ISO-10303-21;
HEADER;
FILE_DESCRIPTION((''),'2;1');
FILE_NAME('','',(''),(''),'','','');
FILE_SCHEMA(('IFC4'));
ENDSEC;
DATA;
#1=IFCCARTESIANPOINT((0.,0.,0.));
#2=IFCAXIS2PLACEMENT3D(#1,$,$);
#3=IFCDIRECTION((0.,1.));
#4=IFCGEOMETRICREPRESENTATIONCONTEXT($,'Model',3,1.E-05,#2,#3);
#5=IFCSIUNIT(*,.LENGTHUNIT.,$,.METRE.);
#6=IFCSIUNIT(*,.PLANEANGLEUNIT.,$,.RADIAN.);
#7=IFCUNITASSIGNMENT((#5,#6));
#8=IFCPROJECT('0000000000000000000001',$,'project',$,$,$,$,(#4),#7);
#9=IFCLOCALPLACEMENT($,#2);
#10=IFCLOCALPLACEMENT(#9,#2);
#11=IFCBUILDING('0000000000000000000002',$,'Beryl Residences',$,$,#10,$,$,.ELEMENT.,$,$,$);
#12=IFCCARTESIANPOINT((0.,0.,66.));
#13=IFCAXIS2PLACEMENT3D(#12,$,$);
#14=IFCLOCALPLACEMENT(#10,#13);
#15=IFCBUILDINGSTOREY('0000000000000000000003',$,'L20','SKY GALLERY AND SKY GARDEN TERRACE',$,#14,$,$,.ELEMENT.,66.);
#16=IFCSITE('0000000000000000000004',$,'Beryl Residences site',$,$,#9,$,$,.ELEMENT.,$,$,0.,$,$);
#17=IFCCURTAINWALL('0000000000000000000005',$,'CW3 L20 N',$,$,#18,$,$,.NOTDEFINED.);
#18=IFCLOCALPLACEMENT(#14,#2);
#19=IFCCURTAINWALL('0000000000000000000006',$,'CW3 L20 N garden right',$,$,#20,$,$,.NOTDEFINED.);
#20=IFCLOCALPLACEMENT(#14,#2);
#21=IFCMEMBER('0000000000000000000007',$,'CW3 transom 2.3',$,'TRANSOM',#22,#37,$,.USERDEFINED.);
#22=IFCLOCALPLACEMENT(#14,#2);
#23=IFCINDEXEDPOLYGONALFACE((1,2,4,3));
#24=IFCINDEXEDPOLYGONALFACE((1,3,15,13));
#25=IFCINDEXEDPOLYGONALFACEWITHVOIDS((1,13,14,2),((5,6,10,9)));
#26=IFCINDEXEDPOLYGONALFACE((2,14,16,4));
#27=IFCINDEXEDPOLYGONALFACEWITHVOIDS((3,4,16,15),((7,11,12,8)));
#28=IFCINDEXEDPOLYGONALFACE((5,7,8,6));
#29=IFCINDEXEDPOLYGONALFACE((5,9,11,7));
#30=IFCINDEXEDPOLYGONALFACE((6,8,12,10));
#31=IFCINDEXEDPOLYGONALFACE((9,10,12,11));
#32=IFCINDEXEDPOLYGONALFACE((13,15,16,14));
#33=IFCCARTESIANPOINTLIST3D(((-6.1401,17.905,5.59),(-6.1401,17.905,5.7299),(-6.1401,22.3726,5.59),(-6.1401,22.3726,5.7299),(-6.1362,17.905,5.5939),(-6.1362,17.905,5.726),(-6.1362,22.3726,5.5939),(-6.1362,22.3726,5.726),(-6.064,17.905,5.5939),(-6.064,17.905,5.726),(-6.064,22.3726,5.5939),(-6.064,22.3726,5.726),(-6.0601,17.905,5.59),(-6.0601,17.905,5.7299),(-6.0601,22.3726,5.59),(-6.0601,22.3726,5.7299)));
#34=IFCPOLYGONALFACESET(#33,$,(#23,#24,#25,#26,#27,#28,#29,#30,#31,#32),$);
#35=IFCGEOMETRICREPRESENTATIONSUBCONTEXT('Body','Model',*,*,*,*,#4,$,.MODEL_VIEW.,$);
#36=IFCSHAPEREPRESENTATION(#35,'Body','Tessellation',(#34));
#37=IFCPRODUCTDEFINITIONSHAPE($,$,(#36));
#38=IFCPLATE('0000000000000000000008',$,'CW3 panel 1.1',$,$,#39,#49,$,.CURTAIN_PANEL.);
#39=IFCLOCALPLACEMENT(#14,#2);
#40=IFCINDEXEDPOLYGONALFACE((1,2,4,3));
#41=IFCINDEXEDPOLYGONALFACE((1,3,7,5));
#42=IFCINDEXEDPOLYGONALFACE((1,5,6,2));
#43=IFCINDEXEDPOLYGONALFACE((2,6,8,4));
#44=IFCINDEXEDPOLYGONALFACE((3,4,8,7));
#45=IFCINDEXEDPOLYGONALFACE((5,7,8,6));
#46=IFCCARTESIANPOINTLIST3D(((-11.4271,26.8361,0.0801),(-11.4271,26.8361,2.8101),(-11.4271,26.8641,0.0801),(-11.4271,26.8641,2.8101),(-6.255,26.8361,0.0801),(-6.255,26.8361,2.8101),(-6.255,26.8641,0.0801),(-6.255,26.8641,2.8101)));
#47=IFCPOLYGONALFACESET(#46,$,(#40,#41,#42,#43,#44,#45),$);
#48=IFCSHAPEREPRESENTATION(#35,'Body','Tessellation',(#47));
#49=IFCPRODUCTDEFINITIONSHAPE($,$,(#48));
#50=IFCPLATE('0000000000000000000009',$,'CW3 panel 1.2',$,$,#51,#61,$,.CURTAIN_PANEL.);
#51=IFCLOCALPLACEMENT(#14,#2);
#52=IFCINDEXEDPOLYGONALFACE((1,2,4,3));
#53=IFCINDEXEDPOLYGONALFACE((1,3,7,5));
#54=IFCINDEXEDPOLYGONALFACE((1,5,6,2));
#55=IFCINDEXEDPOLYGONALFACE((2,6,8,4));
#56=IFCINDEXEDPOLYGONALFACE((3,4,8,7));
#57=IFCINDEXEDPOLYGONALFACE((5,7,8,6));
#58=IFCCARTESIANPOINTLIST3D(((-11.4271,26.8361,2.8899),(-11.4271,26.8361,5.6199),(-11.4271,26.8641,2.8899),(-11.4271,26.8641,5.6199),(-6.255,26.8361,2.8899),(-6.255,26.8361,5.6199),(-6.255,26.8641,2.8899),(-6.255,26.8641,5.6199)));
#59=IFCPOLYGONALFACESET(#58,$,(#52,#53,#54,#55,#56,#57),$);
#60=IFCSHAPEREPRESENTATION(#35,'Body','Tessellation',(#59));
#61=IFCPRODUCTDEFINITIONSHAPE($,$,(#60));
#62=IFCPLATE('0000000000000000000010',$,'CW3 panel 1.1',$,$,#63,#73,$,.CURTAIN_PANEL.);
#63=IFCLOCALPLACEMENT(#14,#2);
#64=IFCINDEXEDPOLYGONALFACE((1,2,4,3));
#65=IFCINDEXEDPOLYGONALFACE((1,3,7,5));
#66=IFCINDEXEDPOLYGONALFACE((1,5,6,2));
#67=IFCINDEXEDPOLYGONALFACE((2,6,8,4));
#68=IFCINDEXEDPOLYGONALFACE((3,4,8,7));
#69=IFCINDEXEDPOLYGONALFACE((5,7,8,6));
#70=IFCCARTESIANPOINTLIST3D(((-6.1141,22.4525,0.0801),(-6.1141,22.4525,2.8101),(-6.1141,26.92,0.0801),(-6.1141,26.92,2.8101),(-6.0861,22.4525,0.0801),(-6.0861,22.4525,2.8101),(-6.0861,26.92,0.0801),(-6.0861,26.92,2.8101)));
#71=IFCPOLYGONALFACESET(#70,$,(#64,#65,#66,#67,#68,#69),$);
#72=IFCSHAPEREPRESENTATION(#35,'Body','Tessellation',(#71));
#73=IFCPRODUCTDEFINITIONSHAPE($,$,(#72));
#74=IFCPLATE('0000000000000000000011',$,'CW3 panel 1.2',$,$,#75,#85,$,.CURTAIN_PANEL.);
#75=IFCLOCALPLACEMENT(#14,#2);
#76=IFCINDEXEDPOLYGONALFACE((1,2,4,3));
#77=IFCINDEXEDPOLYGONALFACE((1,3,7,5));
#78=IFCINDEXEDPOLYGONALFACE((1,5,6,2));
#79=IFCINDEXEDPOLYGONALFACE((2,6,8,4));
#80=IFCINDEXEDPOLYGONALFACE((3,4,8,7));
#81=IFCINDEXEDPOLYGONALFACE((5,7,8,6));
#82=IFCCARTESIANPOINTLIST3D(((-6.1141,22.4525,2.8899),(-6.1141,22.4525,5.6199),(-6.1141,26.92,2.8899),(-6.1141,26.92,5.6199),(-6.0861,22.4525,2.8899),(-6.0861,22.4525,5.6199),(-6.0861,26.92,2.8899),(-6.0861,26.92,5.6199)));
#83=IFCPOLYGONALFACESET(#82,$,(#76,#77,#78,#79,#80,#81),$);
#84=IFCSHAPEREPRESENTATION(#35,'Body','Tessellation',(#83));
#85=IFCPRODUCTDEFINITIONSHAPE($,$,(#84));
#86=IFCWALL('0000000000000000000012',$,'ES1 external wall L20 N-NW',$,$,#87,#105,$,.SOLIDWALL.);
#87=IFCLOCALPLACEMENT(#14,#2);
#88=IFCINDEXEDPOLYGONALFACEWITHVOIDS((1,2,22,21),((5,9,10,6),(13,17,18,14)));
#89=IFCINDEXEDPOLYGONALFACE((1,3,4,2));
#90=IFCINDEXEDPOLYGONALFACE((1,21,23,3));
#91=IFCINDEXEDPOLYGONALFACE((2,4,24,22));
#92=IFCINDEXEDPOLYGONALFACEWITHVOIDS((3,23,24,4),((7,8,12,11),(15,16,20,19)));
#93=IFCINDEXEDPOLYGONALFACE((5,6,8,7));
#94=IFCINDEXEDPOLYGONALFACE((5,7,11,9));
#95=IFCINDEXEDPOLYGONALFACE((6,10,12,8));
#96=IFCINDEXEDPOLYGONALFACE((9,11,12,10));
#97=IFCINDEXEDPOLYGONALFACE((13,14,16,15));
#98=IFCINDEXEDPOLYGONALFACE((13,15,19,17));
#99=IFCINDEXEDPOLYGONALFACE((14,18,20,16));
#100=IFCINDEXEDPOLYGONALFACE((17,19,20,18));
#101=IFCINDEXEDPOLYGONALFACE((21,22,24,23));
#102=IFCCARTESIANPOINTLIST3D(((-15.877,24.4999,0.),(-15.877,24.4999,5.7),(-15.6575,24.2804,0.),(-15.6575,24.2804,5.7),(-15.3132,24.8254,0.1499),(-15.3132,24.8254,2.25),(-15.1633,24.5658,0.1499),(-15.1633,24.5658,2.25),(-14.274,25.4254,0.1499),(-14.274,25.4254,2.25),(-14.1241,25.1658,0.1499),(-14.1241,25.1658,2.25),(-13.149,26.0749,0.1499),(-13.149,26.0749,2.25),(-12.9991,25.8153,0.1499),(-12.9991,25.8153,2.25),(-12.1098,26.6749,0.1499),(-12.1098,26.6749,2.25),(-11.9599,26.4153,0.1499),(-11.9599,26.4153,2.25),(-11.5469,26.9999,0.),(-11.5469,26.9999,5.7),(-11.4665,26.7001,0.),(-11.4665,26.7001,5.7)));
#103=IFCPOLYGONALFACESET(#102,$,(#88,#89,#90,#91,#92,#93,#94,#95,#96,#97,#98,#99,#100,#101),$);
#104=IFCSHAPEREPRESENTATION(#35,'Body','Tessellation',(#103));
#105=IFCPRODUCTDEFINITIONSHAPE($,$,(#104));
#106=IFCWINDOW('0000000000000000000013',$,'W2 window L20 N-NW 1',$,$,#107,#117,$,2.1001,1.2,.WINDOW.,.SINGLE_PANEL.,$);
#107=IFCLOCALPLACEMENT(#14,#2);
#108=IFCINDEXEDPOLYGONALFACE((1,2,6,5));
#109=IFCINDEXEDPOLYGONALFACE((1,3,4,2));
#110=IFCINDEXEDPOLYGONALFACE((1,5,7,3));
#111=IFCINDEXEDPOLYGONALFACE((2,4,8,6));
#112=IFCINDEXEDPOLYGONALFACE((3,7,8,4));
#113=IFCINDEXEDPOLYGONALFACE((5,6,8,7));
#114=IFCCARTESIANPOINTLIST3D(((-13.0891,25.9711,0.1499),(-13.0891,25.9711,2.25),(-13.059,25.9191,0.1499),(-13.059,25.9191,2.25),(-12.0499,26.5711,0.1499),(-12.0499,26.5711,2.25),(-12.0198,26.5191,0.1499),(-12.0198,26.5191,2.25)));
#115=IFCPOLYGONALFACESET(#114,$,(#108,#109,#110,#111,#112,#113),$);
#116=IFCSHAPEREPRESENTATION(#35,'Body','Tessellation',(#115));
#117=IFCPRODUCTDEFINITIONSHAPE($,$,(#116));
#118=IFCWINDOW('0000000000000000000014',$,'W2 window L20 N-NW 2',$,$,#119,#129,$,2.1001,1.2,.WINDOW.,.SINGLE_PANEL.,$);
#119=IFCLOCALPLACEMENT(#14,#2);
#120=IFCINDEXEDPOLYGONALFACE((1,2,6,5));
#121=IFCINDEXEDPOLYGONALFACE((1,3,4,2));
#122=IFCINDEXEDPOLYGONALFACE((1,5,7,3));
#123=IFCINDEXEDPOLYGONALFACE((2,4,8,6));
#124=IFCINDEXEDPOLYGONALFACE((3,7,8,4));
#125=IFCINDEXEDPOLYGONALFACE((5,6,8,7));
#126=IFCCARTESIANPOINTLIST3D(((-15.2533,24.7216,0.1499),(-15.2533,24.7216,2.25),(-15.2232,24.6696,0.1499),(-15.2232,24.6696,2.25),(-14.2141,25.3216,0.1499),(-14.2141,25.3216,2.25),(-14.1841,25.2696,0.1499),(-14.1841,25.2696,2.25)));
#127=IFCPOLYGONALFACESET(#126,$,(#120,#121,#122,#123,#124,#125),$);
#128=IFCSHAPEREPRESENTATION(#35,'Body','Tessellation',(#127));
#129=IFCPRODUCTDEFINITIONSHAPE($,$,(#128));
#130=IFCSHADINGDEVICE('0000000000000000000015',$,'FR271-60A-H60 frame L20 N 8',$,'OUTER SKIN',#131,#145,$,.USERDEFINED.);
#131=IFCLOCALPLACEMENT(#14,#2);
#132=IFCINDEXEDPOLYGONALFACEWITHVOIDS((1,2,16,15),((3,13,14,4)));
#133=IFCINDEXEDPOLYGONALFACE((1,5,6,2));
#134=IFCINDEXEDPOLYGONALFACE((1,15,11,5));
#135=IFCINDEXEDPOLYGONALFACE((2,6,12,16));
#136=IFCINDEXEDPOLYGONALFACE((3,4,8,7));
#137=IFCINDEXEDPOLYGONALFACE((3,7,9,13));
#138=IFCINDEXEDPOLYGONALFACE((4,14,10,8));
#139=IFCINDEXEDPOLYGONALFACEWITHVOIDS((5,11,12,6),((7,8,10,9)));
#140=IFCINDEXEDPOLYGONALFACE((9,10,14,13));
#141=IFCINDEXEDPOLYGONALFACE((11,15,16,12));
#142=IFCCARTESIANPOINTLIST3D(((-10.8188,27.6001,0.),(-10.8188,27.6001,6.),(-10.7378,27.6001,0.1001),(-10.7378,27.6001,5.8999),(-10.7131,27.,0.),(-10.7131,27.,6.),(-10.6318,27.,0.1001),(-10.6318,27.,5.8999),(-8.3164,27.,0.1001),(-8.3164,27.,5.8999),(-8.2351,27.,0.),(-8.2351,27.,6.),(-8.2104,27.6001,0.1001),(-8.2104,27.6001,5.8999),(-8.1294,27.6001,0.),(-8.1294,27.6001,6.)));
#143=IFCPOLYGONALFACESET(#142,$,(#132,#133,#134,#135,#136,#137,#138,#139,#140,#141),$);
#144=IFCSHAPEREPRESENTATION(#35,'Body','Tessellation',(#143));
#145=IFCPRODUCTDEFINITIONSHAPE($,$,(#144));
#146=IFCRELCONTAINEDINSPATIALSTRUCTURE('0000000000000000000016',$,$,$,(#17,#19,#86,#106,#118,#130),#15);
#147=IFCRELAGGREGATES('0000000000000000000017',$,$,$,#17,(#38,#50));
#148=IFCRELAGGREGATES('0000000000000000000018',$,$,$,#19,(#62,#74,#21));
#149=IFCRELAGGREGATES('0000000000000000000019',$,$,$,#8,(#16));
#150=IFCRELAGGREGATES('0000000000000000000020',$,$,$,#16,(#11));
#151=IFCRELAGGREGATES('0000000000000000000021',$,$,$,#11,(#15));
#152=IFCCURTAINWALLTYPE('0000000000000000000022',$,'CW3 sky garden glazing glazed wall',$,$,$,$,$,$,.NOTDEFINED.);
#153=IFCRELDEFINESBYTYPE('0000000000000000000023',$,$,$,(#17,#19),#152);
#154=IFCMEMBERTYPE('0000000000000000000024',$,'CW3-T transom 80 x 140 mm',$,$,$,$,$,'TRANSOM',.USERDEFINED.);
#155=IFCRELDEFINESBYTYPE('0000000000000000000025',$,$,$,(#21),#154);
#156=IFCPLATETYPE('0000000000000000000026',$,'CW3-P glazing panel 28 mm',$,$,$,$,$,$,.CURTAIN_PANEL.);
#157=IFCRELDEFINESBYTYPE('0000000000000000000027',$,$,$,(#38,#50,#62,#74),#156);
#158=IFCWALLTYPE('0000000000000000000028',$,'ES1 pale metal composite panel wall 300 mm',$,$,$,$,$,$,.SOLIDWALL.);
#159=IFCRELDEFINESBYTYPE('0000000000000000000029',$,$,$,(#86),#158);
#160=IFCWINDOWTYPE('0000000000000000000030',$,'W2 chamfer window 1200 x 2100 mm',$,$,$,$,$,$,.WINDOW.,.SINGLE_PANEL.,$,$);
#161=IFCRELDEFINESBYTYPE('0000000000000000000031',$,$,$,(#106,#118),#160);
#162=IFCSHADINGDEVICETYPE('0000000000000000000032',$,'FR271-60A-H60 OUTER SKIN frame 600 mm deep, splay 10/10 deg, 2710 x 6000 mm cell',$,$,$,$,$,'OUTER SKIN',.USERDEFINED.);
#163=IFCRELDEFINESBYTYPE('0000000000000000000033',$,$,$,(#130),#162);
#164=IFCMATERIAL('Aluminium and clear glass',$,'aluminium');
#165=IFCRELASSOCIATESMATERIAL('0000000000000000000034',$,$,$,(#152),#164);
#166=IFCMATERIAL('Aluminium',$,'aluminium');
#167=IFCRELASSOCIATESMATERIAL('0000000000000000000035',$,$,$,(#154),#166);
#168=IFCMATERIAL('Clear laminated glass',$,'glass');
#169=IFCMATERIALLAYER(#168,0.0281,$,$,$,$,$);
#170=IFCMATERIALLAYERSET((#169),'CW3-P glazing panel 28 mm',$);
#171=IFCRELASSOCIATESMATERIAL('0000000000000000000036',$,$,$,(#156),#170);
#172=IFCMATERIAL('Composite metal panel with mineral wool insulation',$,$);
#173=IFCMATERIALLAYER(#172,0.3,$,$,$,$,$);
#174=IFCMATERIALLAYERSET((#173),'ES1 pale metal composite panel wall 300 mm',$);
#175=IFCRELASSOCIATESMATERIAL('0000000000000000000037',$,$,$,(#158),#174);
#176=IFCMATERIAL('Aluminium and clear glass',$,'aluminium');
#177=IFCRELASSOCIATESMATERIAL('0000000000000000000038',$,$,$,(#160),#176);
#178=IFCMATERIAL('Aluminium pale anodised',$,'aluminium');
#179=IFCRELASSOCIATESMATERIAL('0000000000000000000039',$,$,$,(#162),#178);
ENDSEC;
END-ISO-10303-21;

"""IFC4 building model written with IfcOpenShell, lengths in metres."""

from ifc_helpers import new_model, entity, si_unit, direction, frame, frame_2d, origin, origin_2d, place, context, subcontext, project, spatial, polyline, rectangle, hollow_rectangle, outline, extrude, source, transform, mapped, material, layer, layer_set, material_profile, profile_set, type_object, type_shapes, element, fill, aggregate, save


model = new_model("IFC4")

# Units and contexts
model_context = context("Model", 3, precision=1e-05, world=origin(), true_north=direction((0.0, 1.0)))
body_context = subcontext(model_context, "Body", "Model", "MODEL_VIEW")
ifc_project = project(units=[si_unit("LENGTHUNIT", "METRE"), si_unit("PLANEANGLEUNIT", "RADIAN")], contexts=[model_context])

# Site, building, storey
site_placement = place(None, origin())
site = spatial("IfcSite", under=ifc_project, at=site_placement, Name="Beryl Residences site", CompositionType="ELEMENT", RefElevation=0.0)
building_placement = place(site_placement, origin())
building = spatial("IfcBuilding", under=site, at=building_placement, Name="Beryl Residences", CompositionType="ELEMENT")
storey_placement = place(building_placement, frame((0.0, 0.0, 66.0)))
storey = spatial("IfcBuildingStorey", under=building, at=storey_placement, Name="L20", Description="SKY GALLERY AND SKY GARDEN TERRACE", CompositionType="ELEMENT", Elevation=66.0)

# Curtain walls
ifc_material_1 = material(Name="Aluminium and clear glass", Category="aluminium")
curtain_wall_type = type_object("IfcCurtainWallType", Name="CW3 sky garden glazing glazed wall", PredefinedType="NOTDEFINED", material=ifc_material_1)
curtain_wall_1_placement = place(storey_placement, origin())
curtain_wall_1 = element("IfcCurtainWall", 1, at=curtain_wall_1_placement, inside=storey, type_object=curtain_wall_type, Name="CW3 L20 N", PredefinedType="NOTDEFINED")
curtain_wall_2_placement = place(storey_placement, origin())
curtain_wall_2 = element("IfcCurtainWall", 2, at=curtain_wall_2_placement, inside=storey, type_object=curtain_wall_type, Name="CW3 L20 N garden right", PredefinedType="NOTDEFINED")

# Member
ifc_material_2 = material(Name="Aluminium", Category="aluminium")
ifc_material_profile_1 = material_profile(ifc_material_2, hollow_rectangle(XDim=0.0801, YDim=0.1399, WallThickness=0.0039, at=origin_2d()))
ifc_profile_set_1 = profile_set([ifc_material_profile_1], Name="Aluminium")
member_type_1 = type_object("IfcMemberType", Name="CW3-T transom 80 x 140 mm", ElementType="TRANSOM", PredefinedType="USERDEFINED", material=ifc_profile_set_1)
member_1_placement = place(storey_placement, frame((-6.1001, 22.3726, 5.6599), z_axis=(0.0, -1.0, 0.0), x_axis=(1.0, 0.0, 0.0)))
member_1 = element("IfcMember", 3, at=member_1_placement, type_object=member_type_1, Name="CW3 transom 2.3", ObjectType="TRANSOM", PredefinedType="USERDEFINED", context=body_context, shape_type="SweptSolid", body=[
    extrude(hollow_rectangle(XDim=0.0801, YDim=0.1399, WallThickness=0.0039, at=origin_2d()), origin(), (0.0, 0.0, 1.0), 4.4675),
])

# Plates
ifc_material_3 = material(Name="Clear laminated glass", Category="glass")
ifc_layer_1 = layer(ifc_material_3, 0.0281)
ifc_layer_set_1 = layer_set([ifc_layer_1], Name="CW3-P glazing panel 28 mm")
plate_type = type_object("IfcPlateType", Name="CW3-P glazing panel 28 mm", PredefinedType="CURTAIN_PANEL", material=ifc_layer_set_1)
plate_1_placement = place(storey_placement, frame((-8.8411, 26.8501, 0.0801), z_axis=(0.0, 0.0, 1.0), x_axis=(-1.0, 0.0, 0.0)))
plate_1 = element("IfcPlate", 4, at=plate_1_placement, type_object=plate_type, Name="CW3 panel 1.1", PredefinedType="CURTAIN_PANEL", context=body_context, shape_type="SweptSolid", body=[
    extrude(rectangle(XDim=5.1721, YDim=0.0281, at=origin_2d()), origin(), (0.0, 0.0, 1.0), 2.73),
])
plate_2_placement = place(storey_placement, frame((-8.8411, 26.8501, 2.8899), z_axis=(0.0, 0.0, 1.0), x_axis=(-1.0, 0.0, 0.0)))
plate_2 = element("IfcPlate", 5, at=plate_2_placement, type_object=plate_type, Name="CW3 panel 1.2", PredefinedType="CURTAIN_PANEL", context=body_context, shape_type="SweptSolid", body=[
    extrude(rectangle(XDim=5.1721, YDim=0.0281, at=origin_2d()), origin(), (0.0, 0.0, 1.0), 2.73),
])
aggregate(curtain_wall_1, [plate_1, plate_2])
plate_3_placement = place(storey_placement, frame((-6.1001, 24.6863, 0.0801), z_axis=(0.0, 0.0, 1.0), x_axis=(0.0, -1.0, 0.0)))
plate_3 = element("IfcPlate", 6, at=plate_3_placement, type_object=plate_type, Name="CW3 panel 1.1", PredefinedType="CURTAIN_PANEL", context=body_context, shape_type="SweptSolid", body=[
    extrude(rectangle(XDim=4.4675, YDim=0.0281, at=origin_2d()), origin(), (0.0, 0.0, 1.0), 2.73),
])
plate_4_placement = place(storey_placement, frame((-6.1001, 24.6863, 2.8899), z_axis=(0.0, 0.0, 1.0), x_axis=(0.0, -1.0, 0.0)))
plate_4 = element("IfcPlate", 7, at=plate_4_placement, type_object=plate_type, Name="CW3 panel 1.2", PredefinedType="CURTAIN_PANEL", context=body_context, shape_type="SweptSolid", body=[
    extrude(rectangle(XDim=4.4675, YDim=0.0281, at=origin_2d()), origin(), (0.0, 0.0, 1.0), 2.73),
])
aggregate(curtain_wall_2, [plate_3, plate_4, member_1])

# Wall, openings, windows
ifc_material_4 = material(Name="Composite metal panel with mineral wool insulation")
ifc_layer_2 = layer(ifc_material_4, 0.3)
ifc_layer_set_2 = layer_set([ifc_layer_2], Name="ES1 pale metal composite panel wall 300 mm")
wall_type = type_object("IfcWallType", Name="ES1 pale metal composite panel wall 300 mm", PredefinedType="SOLIDWALL", material=ifc_layer_set_2)
wall_placement = place(storey_placement, frame((-11.4719, 26.8701, 0.0), z_axis=(0.0, 0.0, 1.0), x_axis=(-0.866023, -0.500004, 0.0)))
wall = element("IfcWall", 8, at=wall_placement, inside=storey, type_object=wall_type, Name="ES1 external wall L20 N-NW", PredefinedType="SOLIDWALL", context=body_context, shape_type="SweptSolid", body=[
    extrude(outline(polyline([(0.0, -0.1499), (5.0, -0.1499), (4.9197, 0.1499), (0.0803, 0.1499), (0.0, -0.1499)])), origin(), (0.0, 0.0, 1.0), 5.7),
])
opening_1_placement = place(wall_placement, frame((0.6499, 0.0, 0.1499)))
opening_1 = element("IfcOpeningElement", 9, at=opening_1_placement, cuts=wall, PredefinedType="OPENING", context=body_context, shape_type="SweptSolid", body=[
    extrude(rectangle(XDim=1.2, YDim=2.1001, at=frame_2d((0.6001, 1.05))), frame((0.0, 0.1599, 0.0), z_axis=(0.0, -1.0, 0.0), x_axis=(1.0, 0.0, 0.0)), (0.0, 0.0, 1.0), 0.3201),
])
opening_2_placement = place(wall_placement, frame((3.1489, 0.0, 0.1499)))
opening_2 = element("IfcOpeningElement", 10, at=opening_2_placement, cuts=wall, PredefinedType="OPENING", context=body_context, shape_type="SweptSolid", body=[
    extrude(rectangle(XDim=1.2, YDim=2.1001, at=frame_2d((0.6001, 1.05))), frame((0.0, 0.1599, 0.0), z_axis=(0.0, -1.0, 0.0), x_axis=(1.0, 0.0, 0.0)), (0.0, 0.0, 1.0), 0.3201),
])
ifc_material_5 = material(Name="Aluminium and clear glass", Category="aluminium")
window_type = type_object("IfcWindowType", Name="W2 chamfer window 1200 x 2100 mm", PartitioningType="SINGLE_PANEL", PredefinedType="WINDOW", material=ifc_material_5)
window_1_placement = place(opening_1_placement, origin())
window_1 = element("IfcWindow", 11, at=window_1_placement, inside=storey, type_object=window_type, Name="W2 window L20 N-NW 1", OverallHeight=2.1001, OverallWidth=1.2, PartitioningType="SINGLE_PANEL", PredefinedType="WINDOW", context=body_context, shape_type="SweptSolid", body=[
    extrude(rectangle(XDim=1.2, YDim=2.1001, at=frame_2d((0.6001, 1.05))), frame((0.0, 0.03, 0.0), z_axis=(0.0, -1.0, 0.0), x_axis=(1.0, 0.0, 0.0)), (0.0, 0.0, 1.0), 0.0601),
])
fill(opening_1, window_1)
window_2_placement = place(opening_2_placement, origin())
window_2 = element("IfcWindow", 12, at=window_2_placement, inside=storey, type_object=window_type, Name="W2 window L20 N-NW 2", OverallHeight=2.1001, OverallWidth=1.2, PartitioningType="SINGLE_PANEL", PredefinedType="WINDOW", context=body_context, shape_type="SweptSolid", body=[
    extrude(rectangle(XDim=1.2, YDim=2.1001, at=frame_2d((0.6001, 1.05))), frame((0.0, 0.03, 0.0), z_axis=(0.0, -1.0, 0.0), x_axis=(1.0, 0.0, 0.0)), (0.0, 0.0, 1.0), 0.0601),
])
fill(opening_2, window_2)

# Shading device
ifc_material_6 = material(Name="Aluminium pale anodised", Category="aluminium")
shading_device_type = type_object("IfcShadingDeviceType", Name="FR271-60A-H60 OUTER SKIN frame 600 mm deep, splay 10/10 deg, 2710 x 6000 mm cell", ElementType="OUTER SKIN", PredefinedType="USERDEFINED", material=ifc_material_6)
cartesian_point_1 = entity("IfcCartesianPoint", [-1.239, 0.0])
cartesian_point_2 = entity("IfcCartesianPoint", [-1.1577, 0.1001])
cartesian_point_3 = entity("IfcCartesianPoint", [-1.3447, 0.0])
cartesian_point_4 = entity("IfcCartesianPoint", [-1.2637, 0.1001])
shared_shape = source(origin(), body_context, "Body", "SweptSolid", [
    entity("IfcExtrudedAreaSolidTapered", entity("IfcArbitraryProfileDefWithVoids", "AREA", None, entity("IfcPolyline", [cartesian_point_1, entity("IfcCartesianPoint", [1.239, 0.0]), entity("IfcCartesianPoint", [1.239, 6.0]), entity("IfcCartesianPoint", [-1.239, 6.0]), cartesian_point_1]), [entity("IfcPolyline", [cartesian_point_2, entity("IfcCartesianPoint", [1.1577, 0.1001]), entity("IfcCartesianPoint", [1.1577, 5.8999]), entity("IfcCartesianPoint", [-1.1577, 5.8999]), cartesian_point_2])]), entity("IfcAxis2Placement3D", entity("IfcCartesianPoint", [0.0, 0.0, 0.0]), entity("IfcDirection", [0.0, 1.0, 0.0]), entity("IfcDirection", [-1.0, 0.0, 0.0])), entity("IfcDirection", [0.0, 0.0, 1.0]), 0.6001, entity("IfcArbitraryProfileDefWithVoids", "AREA", None, entity("IfcPolyline", [cartesian_point_3, entity("IfcCartesianPoint", [1.3447, 0.0]), entity("IfcCartesianPoint", [1.3447, 6.0]), entity("IfcCartesianPoint", [-1.3447, 6.0]), cartesian_point_3]), [entity("IfcPolyline", [cartesian_point_4, entity("IfcCartesianPoint", [1.2637, 0.1001]), entity("IfcCartesianPoint", [1.2637, 5.8999]), entity("IfcCartesianPoint", [-1.2637, 5.8999]), cartesian_point_4])])),
])
type_shapes(shading_device_type, [shared_shape])
shading_device_placement = place(storey_placement, frame((-9.4741, 27.0, 0.0), z_axis=(0.0, 0.0, 1.0), x_axis=(1.0, 0.0, 0.0)))
element("IfcShadingDevice", 13, at=shading_device_placement, inside=storey, type_object=shading_device_type, Name="FR271-60A-H60 frame L20 N 8", ObjectType="OUTER SKIN", PredefinedType="USERDEFINED", context=body_context, shape_type="MappedRepresentation", body=[
    mapped(shared_shape, transform((0.0, 0.0, 0.0))),
])

save(model, "model.ifc")
